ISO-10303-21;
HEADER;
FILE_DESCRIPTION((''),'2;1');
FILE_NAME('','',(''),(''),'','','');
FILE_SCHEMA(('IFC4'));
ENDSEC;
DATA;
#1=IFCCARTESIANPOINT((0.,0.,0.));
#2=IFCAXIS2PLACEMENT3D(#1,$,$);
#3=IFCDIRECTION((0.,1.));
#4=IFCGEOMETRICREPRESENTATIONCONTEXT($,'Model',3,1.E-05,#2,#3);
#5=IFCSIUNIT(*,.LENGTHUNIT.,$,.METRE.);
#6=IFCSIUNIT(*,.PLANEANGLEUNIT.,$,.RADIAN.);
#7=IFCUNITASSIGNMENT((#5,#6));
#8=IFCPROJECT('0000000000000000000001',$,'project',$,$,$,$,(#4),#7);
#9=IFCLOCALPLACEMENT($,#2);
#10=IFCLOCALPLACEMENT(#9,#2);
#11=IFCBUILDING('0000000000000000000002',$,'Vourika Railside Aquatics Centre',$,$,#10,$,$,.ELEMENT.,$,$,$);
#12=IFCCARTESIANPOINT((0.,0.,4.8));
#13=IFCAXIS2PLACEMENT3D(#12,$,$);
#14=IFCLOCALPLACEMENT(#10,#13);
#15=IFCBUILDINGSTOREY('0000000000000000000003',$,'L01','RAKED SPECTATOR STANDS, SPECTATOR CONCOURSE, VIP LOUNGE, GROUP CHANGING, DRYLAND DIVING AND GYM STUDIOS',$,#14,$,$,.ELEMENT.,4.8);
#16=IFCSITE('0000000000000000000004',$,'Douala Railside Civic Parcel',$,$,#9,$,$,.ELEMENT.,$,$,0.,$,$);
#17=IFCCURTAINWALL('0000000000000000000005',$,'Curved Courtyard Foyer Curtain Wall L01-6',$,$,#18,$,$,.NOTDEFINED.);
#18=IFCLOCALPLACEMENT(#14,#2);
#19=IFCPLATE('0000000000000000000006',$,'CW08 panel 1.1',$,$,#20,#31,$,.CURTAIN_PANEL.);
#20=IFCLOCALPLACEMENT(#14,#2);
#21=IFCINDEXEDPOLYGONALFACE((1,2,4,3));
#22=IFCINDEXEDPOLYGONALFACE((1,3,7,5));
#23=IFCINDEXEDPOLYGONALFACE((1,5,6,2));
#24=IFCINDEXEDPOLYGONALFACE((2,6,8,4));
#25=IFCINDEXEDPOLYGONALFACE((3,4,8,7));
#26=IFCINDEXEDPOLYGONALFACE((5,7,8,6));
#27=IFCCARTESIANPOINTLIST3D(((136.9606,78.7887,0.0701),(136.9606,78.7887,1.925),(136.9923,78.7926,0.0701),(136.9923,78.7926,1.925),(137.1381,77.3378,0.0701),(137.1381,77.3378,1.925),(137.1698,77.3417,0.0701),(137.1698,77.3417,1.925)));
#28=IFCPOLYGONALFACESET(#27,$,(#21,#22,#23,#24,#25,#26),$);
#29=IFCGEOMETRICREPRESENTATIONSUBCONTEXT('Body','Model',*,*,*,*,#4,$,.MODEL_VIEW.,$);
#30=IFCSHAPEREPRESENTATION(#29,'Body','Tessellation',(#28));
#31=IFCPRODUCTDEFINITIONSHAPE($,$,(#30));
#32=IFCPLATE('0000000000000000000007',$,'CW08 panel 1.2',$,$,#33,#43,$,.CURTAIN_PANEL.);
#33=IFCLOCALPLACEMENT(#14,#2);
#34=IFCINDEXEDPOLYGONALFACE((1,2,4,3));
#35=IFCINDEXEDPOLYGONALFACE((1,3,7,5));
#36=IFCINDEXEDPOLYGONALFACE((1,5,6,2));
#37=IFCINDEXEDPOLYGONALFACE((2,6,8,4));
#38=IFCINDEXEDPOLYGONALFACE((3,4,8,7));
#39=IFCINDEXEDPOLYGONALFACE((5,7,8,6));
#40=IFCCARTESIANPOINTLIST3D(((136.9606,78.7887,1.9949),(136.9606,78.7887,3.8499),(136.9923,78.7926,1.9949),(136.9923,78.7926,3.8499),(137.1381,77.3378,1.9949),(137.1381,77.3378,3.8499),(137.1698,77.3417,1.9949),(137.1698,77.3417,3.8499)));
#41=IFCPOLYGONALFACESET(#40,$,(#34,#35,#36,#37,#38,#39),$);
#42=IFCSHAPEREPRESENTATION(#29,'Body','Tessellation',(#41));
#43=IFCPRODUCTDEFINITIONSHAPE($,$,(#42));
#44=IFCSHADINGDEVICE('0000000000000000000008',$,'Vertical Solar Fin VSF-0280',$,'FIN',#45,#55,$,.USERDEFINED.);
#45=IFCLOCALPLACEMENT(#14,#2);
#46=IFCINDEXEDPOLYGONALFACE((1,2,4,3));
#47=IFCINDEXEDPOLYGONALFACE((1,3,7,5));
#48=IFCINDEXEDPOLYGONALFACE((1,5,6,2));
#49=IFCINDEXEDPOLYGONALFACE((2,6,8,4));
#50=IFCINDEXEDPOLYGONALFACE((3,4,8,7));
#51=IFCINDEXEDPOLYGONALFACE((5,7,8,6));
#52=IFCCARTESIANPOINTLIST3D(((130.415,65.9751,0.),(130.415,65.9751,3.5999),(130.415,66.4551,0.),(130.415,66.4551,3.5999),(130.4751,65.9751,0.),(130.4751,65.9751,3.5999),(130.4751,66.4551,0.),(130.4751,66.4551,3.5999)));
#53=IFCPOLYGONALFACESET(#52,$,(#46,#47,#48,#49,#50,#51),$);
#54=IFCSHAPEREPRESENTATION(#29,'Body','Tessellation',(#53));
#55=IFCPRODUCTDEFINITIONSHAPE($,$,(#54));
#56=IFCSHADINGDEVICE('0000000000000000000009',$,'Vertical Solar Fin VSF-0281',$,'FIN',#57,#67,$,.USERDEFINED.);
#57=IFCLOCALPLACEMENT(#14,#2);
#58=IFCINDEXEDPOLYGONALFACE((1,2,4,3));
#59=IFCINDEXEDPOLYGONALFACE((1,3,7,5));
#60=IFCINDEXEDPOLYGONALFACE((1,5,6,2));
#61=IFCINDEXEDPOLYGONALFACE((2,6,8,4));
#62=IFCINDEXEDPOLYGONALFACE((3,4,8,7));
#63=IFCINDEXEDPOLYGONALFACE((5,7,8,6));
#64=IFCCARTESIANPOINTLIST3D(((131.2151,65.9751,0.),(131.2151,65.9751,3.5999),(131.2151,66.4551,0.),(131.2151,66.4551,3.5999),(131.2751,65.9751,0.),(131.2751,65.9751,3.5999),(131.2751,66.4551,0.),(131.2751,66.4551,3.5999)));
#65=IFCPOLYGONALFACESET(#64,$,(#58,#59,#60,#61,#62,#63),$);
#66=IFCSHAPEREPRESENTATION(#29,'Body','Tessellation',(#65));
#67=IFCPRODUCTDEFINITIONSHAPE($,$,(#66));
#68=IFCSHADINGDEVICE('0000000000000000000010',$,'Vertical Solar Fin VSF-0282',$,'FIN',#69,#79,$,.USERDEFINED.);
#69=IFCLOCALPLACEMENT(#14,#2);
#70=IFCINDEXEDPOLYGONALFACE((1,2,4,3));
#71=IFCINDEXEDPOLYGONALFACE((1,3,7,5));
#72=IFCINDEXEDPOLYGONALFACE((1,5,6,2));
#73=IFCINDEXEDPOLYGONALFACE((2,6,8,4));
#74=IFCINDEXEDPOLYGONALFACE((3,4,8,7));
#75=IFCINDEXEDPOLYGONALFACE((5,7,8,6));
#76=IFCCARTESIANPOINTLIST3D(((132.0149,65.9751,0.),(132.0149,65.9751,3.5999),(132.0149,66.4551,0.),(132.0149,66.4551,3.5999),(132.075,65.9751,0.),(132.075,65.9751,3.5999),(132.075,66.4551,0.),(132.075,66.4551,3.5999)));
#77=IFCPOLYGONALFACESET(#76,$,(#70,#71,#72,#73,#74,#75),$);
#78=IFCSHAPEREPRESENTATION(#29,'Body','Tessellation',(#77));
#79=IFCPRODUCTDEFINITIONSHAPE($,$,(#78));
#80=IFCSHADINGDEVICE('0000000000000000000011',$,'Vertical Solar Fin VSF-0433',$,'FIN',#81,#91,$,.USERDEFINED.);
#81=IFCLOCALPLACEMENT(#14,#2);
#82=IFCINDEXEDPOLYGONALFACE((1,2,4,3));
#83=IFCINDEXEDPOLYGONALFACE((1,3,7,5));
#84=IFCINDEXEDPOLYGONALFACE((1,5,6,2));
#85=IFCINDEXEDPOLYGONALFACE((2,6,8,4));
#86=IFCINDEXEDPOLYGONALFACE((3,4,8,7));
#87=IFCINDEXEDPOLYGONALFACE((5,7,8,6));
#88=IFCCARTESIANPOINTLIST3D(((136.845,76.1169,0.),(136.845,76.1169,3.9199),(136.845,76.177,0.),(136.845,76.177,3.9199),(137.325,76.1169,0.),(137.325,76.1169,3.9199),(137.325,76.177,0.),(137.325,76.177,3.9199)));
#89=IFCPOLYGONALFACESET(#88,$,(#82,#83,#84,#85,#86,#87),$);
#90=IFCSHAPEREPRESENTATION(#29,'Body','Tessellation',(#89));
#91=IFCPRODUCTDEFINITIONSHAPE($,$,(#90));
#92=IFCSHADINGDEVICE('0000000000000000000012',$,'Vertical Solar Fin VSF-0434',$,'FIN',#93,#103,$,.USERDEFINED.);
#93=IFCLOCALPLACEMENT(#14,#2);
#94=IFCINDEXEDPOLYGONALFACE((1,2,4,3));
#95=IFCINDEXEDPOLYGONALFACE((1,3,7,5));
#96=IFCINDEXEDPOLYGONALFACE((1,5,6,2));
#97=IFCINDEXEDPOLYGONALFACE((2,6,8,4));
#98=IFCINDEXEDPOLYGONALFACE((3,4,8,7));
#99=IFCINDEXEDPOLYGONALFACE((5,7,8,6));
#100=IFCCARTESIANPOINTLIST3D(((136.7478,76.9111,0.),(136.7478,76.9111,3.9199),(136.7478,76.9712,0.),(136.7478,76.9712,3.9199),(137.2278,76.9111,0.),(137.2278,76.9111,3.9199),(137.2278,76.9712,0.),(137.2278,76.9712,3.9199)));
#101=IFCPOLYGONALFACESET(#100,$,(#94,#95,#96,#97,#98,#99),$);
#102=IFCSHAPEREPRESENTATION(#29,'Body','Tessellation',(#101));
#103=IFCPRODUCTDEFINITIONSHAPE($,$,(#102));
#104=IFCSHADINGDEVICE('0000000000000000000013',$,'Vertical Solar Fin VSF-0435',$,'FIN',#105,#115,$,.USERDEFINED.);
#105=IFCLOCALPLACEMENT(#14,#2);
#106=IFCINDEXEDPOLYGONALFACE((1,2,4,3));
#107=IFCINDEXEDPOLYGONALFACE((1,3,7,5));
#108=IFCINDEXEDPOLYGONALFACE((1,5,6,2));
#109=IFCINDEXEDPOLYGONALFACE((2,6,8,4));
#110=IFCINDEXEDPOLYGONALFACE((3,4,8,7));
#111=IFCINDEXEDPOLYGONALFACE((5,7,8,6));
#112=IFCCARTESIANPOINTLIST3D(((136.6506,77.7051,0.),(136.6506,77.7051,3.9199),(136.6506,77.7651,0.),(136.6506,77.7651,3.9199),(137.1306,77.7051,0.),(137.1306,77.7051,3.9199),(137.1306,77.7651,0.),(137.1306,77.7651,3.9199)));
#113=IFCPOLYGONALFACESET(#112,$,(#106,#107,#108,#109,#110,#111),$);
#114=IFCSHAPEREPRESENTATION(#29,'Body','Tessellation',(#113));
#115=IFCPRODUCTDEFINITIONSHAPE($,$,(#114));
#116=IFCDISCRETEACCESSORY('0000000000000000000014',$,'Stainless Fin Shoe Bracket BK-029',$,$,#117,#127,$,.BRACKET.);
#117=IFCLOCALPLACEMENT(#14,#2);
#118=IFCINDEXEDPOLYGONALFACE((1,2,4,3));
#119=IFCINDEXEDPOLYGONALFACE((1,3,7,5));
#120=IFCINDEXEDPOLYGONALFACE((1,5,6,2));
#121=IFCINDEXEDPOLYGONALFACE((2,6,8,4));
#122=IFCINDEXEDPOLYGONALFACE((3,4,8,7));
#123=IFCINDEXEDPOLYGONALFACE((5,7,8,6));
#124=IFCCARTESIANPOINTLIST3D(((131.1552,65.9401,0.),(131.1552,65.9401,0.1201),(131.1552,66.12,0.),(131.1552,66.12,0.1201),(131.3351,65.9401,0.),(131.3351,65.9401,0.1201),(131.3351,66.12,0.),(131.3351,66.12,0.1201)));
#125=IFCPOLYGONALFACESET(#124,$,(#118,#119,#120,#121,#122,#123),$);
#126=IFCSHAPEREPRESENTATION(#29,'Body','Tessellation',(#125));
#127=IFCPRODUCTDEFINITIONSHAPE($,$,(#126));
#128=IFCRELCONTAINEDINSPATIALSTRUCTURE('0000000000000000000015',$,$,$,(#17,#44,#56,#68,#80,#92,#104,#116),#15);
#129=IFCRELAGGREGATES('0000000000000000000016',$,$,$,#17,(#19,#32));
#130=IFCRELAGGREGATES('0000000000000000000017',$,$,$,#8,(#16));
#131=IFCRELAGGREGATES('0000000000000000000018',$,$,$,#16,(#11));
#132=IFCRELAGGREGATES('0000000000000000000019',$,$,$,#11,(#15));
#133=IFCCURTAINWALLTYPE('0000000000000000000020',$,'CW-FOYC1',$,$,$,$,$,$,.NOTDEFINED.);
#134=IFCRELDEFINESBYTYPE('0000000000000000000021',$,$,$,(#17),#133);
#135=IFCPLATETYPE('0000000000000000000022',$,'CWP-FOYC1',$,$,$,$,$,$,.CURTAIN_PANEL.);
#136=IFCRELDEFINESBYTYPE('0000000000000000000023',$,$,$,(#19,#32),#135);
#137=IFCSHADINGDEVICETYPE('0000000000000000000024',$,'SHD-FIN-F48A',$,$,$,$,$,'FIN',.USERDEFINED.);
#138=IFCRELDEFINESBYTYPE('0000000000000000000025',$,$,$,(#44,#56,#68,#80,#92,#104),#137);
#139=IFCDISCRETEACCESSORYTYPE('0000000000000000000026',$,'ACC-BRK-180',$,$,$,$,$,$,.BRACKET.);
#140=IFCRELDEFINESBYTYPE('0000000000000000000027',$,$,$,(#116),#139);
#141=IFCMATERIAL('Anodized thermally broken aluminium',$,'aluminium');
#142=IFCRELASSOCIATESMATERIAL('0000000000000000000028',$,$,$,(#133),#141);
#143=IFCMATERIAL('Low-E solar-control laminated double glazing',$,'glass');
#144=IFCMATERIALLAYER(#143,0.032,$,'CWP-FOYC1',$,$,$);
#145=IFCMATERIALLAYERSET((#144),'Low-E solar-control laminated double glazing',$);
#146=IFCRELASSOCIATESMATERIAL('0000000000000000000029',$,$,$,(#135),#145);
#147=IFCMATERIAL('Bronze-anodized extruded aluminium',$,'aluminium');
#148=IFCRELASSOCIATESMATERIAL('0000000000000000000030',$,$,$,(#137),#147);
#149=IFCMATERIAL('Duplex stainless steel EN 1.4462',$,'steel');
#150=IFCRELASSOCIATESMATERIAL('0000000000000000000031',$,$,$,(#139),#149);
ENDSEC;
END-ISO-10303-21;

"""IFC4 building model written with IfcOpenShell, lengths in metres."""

from ifc_helpers import new_model, si_unit, direction, frame, origin, origin_2d, place, context, subcontext, project, spatial, rectangle, extrude, material, layer, layer_set, material_profile, profile_set, type_object, element, aggregate, save


model = new_model("IFC4")

# Units and contexts
model_context = context("Model", 3, precision=1e-05, world=origin(), true_north=direction((0.0, 1.0)))
body_context = subcontext(model_context, "Body", "Model", "MODEL_VIEW")
ifc_project = project(units=[si_unit("LENGTHUNIT", "METRE"), si_unit("PLANEANGLEUNIT", "RADIAN")], contexts=[model_context])

# Site, building, storey
site_placement = place(None, origin())
site = spatial("IfcSite", under=ifc_project, at=site_placement, Name="Douala Railside Civic Parcel", CompositionType="ELEMENT", RefElevation=0.0)
building_placement = place(site_placement, origin())
building = spatial("IfcBuilding", under=site, at=building_placement, Name="Vourika Railside Aquatics Centre", CompositionType="ELEMENT")
storey_placement = place(building_placement, frame((0.0, 0.0, 4.8)))
storey = spatial("IfcBuildingStorey", under=building, at=storey_placement, Name="L01", Description="RAKED SPECTATOR STANDS, SPECTATOR CONCOURSE, VIP LOUNGE, GROUP CHANGING, DRYLAND DIVING AND GYM STUDIOS", CompositionType="ELEMENT", Elevation=4.8)

# Shared definitions
ifc_material_1 = material(Name="Anodized thermally broken aluminium", Category="aluminium")
ifc_material_2 = material(Name="Low-E solar-control laminated double glazing", Category="glass")

# Curtain wall, plates
curtain_wall_type_1 = type_object("IfcCurtainWallType", Name="CW-FOYC1", PredefinedType="NOTDEFINED", material=ifc_material_1)
curtain_wall_1_placement = place(storey_placement, origin())
curtain_wall_1 = element("IfcCurtainWall", 1, at=curtain_wall_1_placement, inside=storey, type_object=curtain_wall_type_1, Name="Curved Courtyard Foyer Curtain Wall L01-6", PredefinedType="NOTDEFINED")
ifc_layer_1 = layer(ifc_material_2, 0.032, Name="CWP-FOYC1")
ifc_layer_set_1 = layer_set([ifc_layer_1], Name="Low-E solar-control laminated double glazing")
plate_type_1 = type_object("IfcPlateType", Name="CWP-FOYC1", PredefinedType="CURTAIN_PANEL", material=ifc_layer_set_1)
plate_1_placement = place(storey_placement, frame((137.0652, 78.0652, 0.0701), z_axis=(0.0, 0.0, 1.0), x_axis=(0.121442, -0.992599, 0.0)))
plate_1 = element("IfcPlate", 2, at=plate_1_placement, type_object=plate_type_1, Name="CW08 panel 1.1", PredefinedType="CURTAIN_PANEL", context=body_context, shape_type="SweptSolid", body=[
    extrude(rectangle(XDim=1.4617, YDim=0.032, at=origin_2d()), origin(), (0.0, 0.0, 1.0), 1.855),
])
plate_2_placement = place(storey_placement, frame((137.0652, 78.0652, 1.9949), z_axis=(0.0, 0.0, 1.0), x_axis=(0.121442, -0.992599, 0.0)))
plate_2 = element("IfcPlate", 3, at=plate_2_placement, type_object=plate_type_1, Name="CW08 panel 1.2", PredefinedType="CURTAIN_PANEL", context=body_context, shape_type="SweptSolid", body=[
    extrude(rectangle(XDim=1.4617, YDim=0.032, at=origin_2d()), origin(), (0.0, 0.0, 1.0), 1.855),
])
aggregate(curtain_wall_1, [plate_1, plate_2])

# Shading devices
ifc_material_3 = material(Name="Bronze-anodized extruded aluminium", Category="aluminium")
ifc_material_profile_1 = material_profile(ifc_material_3, rectangle(XDim=0.0601, YDim=0.48, at=origin_2d()), Name="ALU-FIN 60x480")
ifc_profile_set_1 = profile_set([ifc_material_profile_1], Name="Bronze-anodized extruded aluminium")
shading_device_type = type_object("IfcShadingDeviceType", Name="SHD-FIN-F48A", ElementType="FIN", PredefinedType="USERDEFINED", material=ifc_profile_set_1)
for number, where, z_axis, x_axis, name in (
    (4, (130.4451, 66.2151, 0.0), (0.0, 0.0, 1.0), (1.0, 0.0, 0.0), "Vertical Solar Fin VSF-0280"),
    (5, (131.2451, 66.2151, 0.0), (0.0, 0.0, 1.0), (1.0, 0.0, 0.0), "Vertical Solar Fin VSF-0281"),
    (6, (132.0449, 66.2151, 0.0), (0.0, 0.0, 1.0), (1.0, 0.0, 0.0), "Vertical Solar Fin VSF-0282"),
):
    element("IfcShadingDevice", number, at=place(storey_placement, frame(where, z_axis=z_axis, x_axis=x_axis)), inside=storey, type_object=shading_device_type, Name=name, ObjectType="FIN", PredefinedType="USERDEFINED", context=body_context, shape_type="SweptSolid", body=[
        extrude(rectangle(XDim=0.0601, YDim=0.48, at=origin_2d()), origin(), (0.0, 0.0, 1.0), 3.5999),
    ])
for number, where, z_axis, x_axis, name in (
    (7, (137.085, 76.147, 0.0), (0.0, 0.0, 1.0), (0.0, 1.0, 0.0), "Vertical Solar Fin VSF-0433"),
    (8, (136.9878, 76.9412, 0.0), (0.0, 0.0, 1.0), (0.0, 1.0, 0.0), "Vertical Solar Fin VSF-0434"),
    (9, (136.8906, 77.7351, 0.0), (0.0, 0.0, 1.0), (0.0, 1.0, 0.0), "Vertical Solar Fin VSF-0435"),
):
    element("IfcShadingDevice", number, at=place(storey_placement, frame(where, z_axis=z_axis, x_axis=x_axis)), inside=storey, type_object=shading_device_type, Name=name, ObjectType="FIN", PredefinedType="USERDEFINED", context=body_context, shape_type="SweptSolid", body=[
        extrude(rectangle(XDim=0.0601, YDim=0.48, at=origin_2d()), origin(), (0.0, 0.0, 1.0), 3.9199),
    ])

# Discrete accessory
ifc_material_4 = material(Name="Duplex stainless steel EN 1.4462", Category="steel")
discrete_accessory_type = type_object("IfcDiscreteAccessoryType", Name="ACC-BRK-180", PredefinedType="BRACKET", material=ifc_material_4)
discrete_accessory_placement = place(storey_placement, frame((131.2451, 66.03, 0.0), z_axis=(0.0, 0.0, 1.0), x_axis=(0.0, 1.0, 0.0)))
element("IfcDiscreteAccessory", 10, at=discrete_accessory_placement, inside=storey, type_object=discrete_accessory_type, Name="Stainless Fin Shoe Bracket BK-029", PredefinedType="BRACKET", context=body_context, shape_type="SweptSolid", body=[
    extrude(rectangle(XDim=0.1799, YDim=0.1799, at=origin_2d()), origin(), (0.0, 0.0, 1.0), 0.1201),
])

save(model, "model.ifc")
